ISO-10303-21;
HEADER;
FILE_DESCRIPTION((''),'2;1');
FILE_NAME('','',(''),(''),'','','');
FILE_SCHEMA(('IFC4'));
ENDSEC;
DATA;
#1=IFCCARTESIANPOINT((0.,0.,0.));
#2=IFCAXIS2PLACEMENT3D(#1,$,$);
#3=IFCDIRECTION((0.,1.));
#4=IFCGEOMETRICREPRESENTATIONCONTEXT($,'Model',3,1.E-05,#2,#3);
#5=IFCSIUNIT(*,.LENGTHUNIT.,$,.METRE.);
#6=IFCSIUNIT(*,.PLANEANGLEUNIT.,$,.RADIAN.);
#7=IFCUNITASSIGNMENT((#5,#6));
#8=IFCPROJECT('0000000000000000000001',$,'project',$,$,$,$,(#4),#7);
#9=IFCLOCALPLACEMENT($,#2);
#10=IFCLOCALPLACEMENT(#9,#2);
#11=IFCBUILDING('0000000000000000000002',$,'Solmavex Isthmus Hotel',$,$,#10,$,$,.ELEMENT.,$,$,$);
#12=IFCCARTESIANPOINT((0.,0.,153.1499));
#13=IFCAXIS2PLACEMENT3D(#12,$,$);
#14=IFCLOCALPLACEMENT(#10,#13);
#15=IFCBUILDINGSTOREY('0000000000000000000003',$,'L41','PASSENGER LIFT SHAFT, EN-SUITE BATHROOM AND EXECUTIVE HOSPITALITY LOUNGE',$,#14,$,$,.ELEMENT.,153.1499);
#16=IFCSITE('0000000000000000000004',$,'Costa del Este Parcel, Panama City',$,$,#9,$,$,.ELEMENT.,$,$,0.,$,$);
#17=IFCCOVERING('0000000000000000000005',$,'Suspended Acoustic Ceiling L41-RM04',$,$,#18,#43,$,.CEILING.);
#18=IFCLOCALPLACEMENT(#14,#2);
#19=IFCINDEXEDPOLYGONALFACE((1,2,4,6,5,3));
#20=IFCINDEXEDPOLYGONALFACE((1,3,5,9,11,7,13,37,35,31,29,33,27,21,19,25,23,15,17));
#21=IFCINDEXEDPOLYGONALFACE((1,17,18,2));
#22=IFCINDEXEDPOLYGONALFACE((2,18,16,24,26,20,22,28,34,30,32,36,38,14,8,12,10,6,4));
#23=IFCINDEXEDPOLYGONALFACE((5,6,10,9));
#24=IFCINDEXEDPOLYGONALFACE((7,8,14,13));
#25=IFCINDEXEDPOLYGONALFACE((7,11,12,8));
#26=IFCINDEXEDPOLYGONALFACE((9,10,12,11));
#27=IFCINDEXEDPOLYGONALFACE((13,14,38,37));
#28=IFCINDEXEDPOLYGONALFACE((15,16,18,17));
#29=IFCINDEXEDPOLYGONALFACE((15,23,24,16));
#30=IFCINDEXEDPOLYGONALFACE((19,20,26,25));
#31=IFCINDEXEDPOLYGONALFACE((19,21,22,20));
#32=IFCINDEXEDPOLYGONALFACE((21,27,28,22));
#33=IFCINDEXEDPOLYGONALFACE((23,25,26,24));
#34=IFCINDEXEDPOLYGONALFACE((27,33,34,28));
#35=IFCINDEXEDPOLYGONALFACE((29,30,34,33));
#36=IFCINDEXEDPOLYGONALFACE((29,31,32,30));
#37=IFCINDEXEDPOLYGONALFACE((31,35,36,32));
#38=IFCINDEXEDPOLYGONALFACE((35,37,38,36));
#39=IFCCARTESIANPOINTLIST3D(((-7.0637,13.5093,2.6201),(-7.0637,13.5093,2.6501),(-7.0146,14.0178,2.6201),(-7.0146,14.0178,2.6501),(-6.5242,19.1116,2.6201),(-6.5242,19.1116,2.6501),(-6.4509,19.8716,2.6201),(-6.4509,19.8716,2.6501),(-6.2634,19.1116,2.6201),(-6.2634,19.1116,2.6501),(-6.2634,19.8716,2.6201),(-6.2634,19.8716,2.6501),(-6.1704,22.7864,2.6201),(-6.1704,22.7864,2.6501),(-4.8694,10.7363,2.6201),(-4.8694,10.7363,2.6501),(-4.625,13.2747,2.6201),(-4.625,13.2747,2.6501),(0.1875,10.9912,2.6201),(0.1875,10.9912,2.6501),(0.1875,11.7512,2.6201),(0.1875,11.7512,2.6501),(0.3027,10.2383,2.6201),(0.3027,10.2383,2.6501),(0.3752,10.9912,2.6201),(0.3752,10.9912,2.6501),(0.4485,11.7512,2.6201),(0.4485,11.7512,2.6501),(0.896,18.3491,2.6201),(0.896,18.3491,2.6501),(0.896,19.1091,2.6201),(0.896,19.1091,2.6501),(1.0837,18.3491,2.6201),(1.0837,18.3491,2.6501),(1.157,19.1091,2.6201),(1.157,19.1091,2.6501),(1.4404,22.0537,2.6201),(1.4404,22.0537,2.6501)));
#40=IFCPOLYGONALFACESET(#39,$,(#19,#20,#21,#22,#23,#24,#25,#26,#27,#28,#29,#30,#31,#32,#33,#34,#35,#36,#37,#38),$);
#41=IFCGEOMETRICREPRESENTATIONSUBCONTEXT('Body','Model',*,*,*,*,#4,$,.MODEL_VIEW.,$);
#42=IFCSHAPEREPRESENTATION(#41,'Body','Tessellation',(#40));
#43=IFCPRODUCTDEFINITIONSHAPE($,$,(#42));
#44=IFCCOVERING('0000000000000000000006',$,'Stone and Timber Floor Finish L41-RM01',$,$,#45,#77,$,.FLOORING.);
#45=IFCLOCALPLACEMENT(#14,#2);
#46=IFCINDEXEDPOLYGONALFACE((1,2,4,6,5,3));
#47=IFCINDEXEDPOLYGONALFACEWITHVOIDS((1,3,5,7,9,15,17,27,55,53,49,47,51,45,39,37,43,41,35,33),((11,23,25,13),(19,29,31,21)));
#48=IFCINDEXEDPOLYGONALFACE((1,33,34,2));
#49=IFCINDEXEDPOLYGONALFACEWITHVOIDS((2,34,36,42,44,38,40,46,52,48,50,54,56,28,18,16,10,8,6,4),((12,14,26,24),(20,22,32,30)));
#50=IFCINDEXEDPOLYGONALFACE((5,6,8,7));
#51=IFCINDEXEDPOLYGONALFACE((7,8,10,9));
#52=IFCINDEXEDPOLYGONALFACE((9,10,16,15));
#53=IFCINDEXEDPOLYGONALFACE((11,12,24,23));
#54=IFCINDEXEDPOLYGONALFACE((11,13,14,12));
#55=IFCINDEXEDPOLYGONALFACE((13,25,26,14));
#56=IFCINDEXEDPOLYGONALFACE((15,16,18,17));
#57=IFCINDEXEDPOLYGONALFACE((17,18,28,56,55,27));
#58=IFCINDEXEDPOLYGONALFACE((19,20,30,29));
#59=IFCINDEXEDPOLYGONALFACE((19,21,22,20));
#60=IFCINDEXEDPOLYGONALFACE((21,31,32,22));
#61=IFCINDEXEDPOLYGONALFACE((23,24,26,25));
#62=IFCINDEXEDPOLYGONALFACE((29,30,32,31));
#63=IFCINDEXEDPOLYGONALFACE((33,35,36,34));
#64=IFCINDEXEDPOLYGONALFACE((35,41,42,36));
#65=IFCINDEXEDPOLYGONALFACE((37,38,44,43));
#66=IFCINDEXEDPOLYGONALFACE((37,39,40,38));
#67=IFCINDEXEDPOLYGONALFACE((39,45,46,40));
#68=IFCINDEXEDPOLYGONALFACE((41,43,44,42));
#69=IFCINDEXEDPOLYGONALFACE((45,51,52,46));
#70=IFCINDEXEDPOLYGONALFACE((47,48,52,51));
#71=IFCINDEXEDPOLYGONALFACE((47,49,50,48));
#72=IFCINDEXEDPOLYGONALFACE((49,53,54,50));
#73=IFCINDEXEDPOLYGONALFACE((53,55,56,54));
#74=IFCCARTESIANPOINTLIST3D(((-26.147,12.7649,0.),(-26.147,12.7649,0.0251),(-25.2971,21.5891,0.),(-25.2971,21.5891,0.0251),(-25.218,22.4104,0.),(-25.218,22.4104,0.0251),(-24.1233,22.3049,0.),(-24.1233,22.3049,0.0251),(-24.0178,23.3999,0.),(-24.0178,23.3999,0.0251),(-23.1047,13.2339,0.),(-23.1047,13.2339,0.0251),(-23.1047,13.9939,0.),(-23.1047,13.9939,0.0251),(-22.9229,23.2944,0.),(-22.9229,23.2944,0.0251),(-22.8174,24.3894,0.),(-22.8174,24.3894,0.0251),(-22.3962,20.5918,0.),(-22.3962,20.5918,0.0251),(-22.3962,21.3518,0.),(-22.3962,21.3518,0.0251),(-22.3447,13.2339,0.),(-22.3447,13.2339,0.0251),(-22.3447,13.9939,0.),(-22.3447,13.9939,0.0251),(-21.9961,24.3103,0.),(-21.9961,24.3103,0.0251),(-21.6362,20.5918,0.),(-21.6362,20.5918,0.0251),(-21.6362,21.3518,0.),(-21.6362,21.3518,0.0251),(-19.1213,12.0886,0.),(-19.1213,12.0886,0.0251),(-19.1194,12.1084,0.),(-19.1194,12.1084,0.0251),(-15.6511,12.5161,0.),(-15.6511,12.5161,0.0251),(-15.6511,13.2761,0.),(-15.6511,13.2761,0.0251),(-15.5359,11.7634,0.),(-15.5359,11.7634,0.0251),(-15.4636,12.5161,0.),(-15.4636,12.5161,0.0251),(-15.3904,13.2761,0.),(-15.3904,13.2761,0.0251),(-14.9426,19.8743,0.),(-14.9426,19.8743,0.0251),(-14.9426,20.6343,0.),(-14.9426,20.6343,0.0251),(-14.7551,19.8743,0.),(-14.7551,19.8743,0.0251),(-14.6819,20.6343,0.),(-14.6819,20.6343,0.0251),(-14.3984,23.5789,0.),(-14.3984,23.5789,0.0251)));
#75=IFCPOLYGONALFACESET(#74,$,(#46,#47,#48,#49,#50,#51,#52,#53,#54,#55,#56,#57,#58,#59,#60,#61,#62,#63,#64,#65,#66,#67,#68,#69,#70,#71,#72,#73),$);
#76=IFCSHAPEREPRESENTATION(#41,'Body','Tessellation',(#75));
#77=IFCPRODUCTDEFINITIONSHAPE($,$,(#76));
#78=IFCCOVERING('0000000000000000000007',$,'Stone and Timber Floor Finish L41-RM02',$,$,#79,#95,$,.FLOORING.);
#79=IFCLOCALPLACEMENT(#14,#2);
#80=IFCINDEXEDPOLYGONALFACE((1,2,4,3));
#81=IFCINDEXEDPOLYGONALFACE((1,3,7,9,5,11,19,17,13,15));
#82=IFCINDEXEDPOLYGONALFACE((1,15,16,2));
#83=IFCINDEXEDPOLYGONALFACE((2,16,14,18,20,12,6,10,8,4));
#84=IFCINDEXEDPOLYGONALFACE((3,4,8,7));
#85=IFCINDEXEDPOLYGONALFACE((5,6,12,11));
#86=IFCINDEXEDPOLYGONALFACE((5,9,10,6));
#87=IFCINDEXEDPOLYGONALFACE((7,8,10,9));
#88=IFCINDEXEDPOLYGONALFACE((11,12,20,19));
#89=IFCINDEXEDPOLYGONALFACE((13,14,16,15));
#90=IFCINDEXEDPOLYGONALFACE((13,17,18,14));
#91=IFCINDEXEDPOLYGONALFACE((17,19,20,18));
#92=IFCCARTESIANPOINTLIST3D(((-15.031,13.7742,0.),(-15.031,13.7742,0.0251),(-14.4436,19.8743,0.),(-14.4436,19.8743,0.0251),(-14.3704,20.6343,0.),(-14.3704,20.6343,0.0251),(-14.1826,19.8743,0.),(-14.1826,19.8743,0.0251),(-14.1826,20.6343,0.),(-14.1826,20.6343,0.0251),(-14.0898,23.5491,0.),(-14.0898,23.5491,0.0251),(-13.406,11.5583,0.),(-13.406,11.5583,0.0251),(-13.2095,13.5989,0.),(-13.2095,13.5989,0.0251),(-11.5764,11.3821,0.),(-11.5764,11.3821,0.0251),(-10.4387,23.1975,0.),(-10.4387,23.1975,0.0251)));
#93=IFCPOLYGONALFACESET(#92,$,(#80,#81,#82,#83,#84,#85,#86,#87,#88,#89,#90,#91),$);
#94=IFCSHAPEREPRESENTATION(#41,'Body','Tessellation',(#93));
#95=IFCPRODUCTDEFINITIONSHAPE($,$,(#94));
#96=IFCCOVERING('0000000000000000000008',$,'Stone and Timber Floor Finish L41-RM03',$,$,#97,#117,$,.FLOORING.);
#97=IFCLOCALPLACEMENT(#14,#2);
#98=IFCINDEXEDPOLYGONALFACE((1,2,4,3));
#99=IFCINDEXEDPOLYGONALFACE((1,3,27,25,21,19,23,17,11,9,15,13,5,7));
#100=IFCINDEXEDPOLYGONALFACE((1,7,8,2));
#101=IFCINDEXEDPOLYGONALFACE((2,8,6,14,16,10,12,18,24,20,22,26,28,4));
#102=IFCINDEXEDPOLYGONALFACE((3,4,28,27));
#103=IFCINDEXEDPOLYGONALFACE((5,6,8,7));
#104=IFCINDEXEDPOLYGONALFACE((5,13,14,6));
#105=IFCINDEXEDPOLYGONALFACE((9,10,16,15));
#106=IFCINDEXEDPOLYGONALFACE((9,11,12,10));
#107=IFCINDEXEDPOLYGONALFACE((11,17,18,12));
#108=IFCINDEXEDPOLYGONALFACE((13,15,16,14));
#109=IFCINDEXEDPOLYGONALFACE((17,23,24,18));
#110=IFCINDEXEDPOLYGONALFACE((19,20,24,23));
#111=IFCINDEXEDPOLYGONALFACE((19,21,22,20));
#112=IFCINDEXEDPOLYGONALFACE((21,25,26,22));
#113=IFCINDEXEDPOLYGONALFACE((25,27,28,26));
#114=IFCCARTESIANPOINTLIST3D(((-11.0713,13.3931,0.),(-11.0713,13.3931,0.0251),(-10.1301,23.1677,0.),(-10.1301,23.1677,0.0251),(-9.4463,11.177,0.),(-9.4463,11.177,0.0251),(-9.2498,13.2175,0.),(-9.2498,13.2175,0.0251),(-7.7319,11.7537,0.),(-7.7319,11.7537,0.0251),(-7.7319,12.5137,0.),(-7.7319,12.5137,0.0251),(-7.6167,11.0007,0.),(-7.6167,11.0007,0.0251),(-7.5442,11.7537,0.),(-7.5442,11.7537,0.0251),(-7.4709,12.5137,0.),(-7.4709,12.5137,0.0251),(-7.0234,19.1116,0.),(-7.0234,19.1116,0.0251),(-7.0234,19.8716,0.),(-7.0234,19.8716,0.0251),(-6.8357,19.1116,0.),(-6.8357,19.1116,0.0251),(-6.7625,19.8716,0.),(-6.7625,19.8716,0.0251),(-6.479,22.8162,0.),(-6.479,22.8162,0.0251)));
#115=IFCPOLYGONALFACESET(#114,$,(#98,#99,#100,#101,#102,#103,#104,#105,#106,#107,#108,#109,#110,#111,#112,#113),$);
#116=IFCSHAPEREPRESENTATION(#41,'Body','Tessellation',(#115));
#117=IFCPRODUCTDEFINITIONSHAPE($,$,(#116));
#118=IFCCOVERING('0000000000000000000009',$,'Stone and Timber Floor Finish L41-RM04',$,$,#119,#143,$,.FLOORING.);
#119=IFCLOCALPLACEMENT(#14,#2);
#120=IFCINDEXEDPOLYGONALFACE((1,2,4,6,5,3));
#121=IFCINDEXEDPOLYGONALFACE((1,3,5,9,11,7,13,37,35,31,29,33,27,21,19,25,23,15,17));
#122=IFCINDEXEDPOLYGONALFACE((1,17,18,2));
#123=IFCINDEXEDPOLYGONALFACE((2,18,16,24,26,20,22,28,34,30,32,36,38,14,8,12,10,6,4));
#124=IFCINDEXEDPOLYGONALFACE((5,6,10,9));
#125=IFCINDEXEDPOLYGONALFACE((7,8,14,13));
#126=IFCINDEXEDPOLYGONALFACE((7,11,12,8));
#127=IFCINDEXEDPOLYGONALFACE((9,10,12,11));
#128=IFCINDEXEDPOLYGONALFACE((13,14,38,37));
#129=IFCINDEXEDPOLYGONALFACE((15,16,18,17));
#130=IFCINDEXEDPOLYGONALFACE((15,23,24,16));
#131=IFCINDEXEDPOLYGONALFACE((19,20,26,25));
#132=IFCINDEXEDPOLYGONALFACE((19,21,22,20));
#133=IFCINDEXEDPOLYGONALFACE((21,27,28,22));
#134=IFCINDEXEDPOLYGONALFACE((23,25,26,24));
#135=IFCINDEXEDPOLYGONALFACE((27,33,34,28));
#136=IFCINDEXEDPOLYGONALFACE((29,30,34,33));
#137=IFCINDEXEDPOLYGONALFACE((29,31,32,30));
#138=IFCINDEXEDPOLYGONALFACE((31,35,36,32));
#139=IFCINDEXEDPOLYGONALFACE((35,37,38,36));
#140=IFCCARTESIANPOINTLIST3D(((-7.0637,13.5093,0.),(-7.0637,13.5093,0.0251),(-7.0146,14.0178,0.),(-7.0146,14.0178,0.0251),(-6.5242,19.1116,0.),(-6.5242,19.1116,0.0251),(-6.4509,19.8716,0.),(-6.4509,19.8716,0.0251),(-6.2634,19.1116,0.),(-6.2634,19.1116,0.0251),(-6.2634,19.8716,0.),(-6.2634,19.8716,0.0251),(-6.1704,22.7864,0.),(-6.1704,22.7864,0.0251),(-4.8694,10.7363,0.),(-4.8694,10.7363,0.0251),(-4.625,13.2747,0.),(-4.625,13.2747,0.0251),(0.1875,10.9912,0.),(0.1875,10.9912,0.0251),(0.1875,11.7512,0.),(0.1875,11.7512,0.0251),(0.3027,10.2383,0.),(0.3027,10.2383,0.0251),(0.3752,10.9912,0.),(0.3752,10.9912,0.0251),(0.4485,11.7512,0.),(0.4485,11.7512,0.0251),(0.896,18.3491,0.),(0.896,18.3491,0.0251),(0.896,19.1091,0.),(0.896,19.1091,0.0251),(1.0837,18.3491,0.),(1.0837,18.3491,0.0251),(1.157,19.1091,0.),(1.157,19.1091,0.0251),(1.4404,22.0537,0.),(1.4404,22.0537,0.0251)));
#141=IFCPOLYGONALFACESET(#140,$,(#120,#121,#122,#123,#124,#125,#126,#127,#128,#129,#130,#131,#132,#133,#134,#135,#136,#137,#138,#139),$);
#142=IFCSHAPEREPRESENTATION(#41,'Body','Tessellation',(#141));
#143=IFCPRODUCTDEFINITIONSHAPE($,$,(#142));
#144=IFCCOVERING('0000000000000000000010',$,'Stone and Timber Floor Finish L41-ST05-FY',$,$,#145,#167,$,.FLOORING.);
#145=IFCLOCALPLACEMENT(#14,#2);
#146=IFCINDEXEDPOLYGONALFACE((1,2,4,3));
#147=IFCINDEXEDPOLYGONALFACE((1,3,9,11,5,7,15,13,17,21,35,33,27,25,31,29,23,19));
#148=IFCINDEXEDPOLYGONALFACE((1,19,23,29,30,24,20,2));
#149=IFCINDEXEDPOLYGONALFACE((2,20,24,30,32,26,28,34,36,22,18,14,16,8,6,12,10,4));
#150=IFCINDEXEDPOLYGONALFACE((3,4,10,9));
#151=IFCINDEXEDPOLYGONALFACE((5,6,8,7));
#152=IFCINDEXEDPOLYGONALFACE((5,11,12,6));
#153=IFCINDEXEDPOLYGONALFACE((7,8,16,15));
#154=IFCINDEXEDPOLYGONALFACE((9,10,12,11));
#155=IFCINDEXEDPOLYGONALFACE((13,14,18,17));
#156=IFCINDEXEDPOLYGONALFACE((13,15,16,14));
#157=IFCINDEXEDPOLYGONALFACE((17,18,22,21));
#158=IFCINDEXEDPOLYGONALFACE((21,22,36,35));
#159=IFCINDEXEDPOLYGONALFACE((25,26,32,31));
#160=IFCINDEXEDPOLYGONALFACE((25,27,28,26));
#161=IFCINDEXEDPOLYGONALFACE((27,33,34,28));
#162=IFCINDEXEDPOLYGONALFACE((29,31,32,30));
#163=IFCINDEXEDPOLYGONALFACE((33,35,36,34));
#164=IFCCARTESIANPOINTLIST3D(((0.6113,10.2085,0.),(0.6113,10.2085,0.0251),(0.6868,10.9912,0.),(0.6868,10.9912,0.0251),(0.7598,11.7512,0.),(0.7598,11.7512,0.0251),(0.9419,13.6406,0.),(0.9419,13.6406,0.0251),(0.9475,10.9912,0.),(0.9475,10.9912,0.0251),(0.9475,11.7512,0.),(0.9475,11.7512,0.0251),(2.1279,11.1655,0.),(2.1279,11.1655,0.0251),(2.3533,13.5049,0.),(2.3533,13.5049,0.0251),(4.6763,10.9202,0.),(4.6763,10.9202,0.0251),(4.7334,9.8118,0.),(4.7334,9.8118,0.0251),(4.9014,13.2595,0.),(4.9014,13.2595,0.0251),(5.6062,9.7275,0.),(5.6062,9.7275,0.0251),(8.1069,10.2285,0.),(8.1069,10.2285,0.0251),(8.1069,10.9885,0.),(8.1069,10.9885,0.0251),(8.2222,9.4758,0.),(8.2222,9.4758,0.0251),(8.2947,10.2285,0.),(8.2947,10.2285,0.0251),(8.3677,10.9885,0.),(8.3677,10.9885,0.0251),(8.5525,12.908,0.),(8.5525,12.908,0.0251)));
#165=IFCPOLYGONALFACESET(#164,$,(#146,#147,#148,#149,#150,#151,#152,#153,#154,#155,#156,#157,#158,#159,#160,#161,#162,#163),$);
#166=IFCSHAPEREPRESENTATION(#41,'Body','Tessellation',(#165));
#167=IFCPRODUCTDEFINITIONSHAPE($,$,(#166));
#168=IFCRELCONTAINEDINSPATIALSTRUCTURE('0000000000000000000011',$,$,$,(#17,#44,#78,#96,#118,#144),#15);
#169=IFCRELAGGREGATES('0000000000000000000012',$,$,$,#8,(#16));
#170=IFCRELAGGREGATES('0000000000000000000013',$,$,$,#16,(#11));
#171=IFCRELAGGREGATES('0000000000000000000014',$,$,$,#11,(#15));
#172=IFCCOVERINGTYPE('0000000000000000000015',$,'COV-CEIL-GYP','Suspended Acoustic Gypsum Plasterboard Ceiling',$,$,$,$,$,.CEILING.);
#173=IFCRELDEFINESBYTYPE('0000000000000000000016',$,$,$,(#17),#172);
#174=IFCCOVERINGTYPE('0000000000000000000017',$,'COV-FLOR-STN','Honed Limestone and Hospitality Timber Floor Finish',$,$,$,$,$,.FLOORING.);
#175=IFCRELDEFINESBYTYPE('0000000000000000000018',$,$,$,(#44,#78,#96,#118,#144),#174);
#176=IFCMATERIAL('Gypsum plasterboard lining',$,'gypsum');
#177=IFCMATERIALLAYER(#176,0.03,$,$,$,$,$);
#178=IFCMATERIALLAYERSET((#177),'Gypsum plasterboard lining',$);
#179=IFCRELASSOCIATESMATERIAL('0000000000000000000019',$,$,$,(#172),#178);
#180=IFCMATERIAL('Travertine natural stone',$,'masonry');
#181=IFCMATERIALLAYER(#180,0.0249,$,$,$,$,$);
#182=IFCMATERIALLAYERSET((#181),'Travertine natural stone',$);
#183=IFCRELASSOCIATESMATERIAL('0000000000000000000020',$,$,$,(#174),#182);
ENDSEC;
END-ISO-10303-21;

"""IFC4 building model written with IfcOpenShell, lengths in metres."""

from ifc_helpers import new_model, si_unit, direction, frame, origin, place, context, subcontext, project, spatial, polyline, outline, extrude, material, layer, layer_set, type_object, element, save


model = new_model("IFC4")

# Units and contexts
model_context = context("Model", 3, precision=1e-05, world=origin(), true_north=direction((0.0, 1.0)))
body_context = subcontext(model_context, "Body", "Model", "MODEL_VIEW")
ifc_project = project(units=[si_unit("LENGTHUNIT", "METRE"), si_unit("PLANEANGLEUNIT", "RADIAN")], contexts=[model_context])

# Site, building, storey
site_placement = place(None, origin())
site = spatial("IfcSite", under=ifc_project, at=site_placement, Name="Costa del Este Parcel, Panama City", CompositionType="ELEMENT", RefElevation=0.0)
building_placement = place(site_placement, origin())
building = spatial("IfcBuilding", under=site, at=building_placement, Name="Solmavex Isthmus Hotel", CompositionType="ELEMENT")
storey_placement = place(building_placement, frame((0.0, 0.0, 153.1499)))
storey = spatial("IfcBuildingStorey", under=building, at=storey_placement, Name="L41", Description="PASSENGER LIFT SHAFT, EN-SUITE BATHROOM AND EXECUTIVE HOSPITALITY LOUNGE", CompositionType="ELEMENT", Elevation=153.1499)

# Shared definitions
ifc_material_1 = material(Name="Gypsum plasterboard lining", Category="gypsum")

# Coverings
ifc_layer_1 = layer(ifc_material_1, 0.03)
ifc_layer_set_1 = layer_set([ifc_layer_1], Name="Gypsum plasterboard lining")
covering_type_1 = type_object("IfcCoveringType", Name="COV-CEIL-GYP", Description="Suspended Acoustic Gypsum Plasterboard Ceiling", PredefinedType="CEILING", material=ifc_layer_set_1)
covering_1_placement = place(storey_placement, frame((0.0, 0.0, 2.6201)))
element("IfcCovering", 1, at=covering_1_placement, inside=storey, type_object=covering_type_1, Name="Suspended Acoustic Ceiling L41-RM04", PredefinedType="CEILING", context=body_context, shape_type="SweptSolid", body=[
    extrude(outline(polyline([(-6.4509, 19.8716), (-6.2634, 19.8716), (-6.2634, 19.1116), (-6.5242, 19.1116), (-7.0146, 14.0178), (-7.0637, 13.5093), (-4.625, 13.2747), (-4.8694, 10.7363), (0.3027, 10.2383), (0.3752, 10.9912), (0.1875, 10.9912), (0.1875, 11.7512), (0.4485, 11.7512), (1.0837, 18.3491), (0.896, 18.3491), (0.896, 19.1091), (1.157, 19.1091), (1.4404, 22.0537), (-6.1704, 22.7864), (-6.4509, 19.8716)])), origin(), (0.0, 0.0, 1.0), 0.03),
])
ifc_material_2 = material(Name="Travertine natural stone", Category="masonry")
ifc_layer_2 = layer(ifc_material_2, 0.0249)
ifc_layer_set_2 = layer_set([ifc_layer_2], Name="Travertine natural stone")
covering_type_2 = type_object("IfcCoveringType", Name="COV-FLOR-STN", Description="Honed Limestone and Hospitality Timber Floor Finish", PredefinedType="FLOORING", material=ifc_layer_set_2)
covering_2_placement = place(storey_placement, origin())
element("IfcCovering", 2, at=covering_2_placement, inside=storey, type_object=covering_type_2, Name="Stone and Timber Floor Finish L41-RM01", PredefinedType="FLOORING", context=body_context, shape_type="SweptSolid", body=[
    extrude(outline(polyline([(-19.1213, 12.0886), (-19.1194, 12.1084), (-15.5359, 11.7634), (-15.4636, 12.5161), (-15.6511, 12.5161), (-15.6511, 13.2761), (-15.3904, 13.2761), (-14.7551, 19.8743), (-14.9426, 19.8743), (-14.9426, 20.6343), (-14.6819, 20.6343), (-14.3984, 23.5789), (-21.9961, 24.3103), (-22.8174, 24.3894), (-22.9229, 23.2944), (-24.0178, 23.3999), (-24.1233, 22.3049), (-25.218, 22.4104), (-25.2971, 21.5891), (-26.147, 12.7649), (-19.1213, 12.0886)]), holes=[polyline([(-22.3962, 20.5918), (-22.3962, 21.3518), (-21.6362, 21.3518), (-21.6362, 20.5918), (-22.3962, 20.5918)]), polyline([(-23.1047, 13.2339), (-23.1047, 13.9939), (-22.3447, 13.9939), (-22.3447, 13.2339), (-23.1047, 13.2339)])]), origin(), (0.0, 0.0, 1.0), 0.0251),
])
covering_3_placement = place(storey_placement, origin())
element("IfcCovering", 3, at=covering_3_placement, inside=storey, type_object=covering_type_2, Name="Stone and Timber Floor Finish L41-RM02", PredefinedType="FLOORING", context=body_context, shape_type="SweptSolid", body=[
    extrude(outline(polyline([(-14.3704, 20.6343), (-14.1826, 20.6343), (-14.1826, 19.8743), (-14.4436, 19.8743), (-15.031, 13.7742), (-13.2095, 13.5989), (-13.406, 11.5583), (-11.5764, 11.3821), (-10.4387, 23.1975), (-14.0898, 23.5491), (-14.3704, 20.6343)])), origin(), (0.0, 0.0, 1.0), 0.0251),
])
covering_4_placement = place(storey_placement, origin())
element("IfcCovering", 4, at=covering_4_placement, inside=storey, type_object=covering_type_2, Name="Stone and Timber Floor Finish L41-RM03", PredefinedType="FLOORING", context=body_context, shape_type="SweptSolid", body=[
    extrude(outline(polyline([(-6.8357, 19.1116), (-7.0234, 19.1116), (-7.0234, 19.8716), (-6.7625, 19.8716), (-6.479, 22.8162), (-10.1301, 23.1677), (-11.0713, 13.3931), (-9.2498, 13.2175), (-9.4463, 11.177), (-7.6167, 11.0007), (-7.5442, 11.7537), (-7.7319, 11.7537), (-7.7319, 12.5137), (-7.4709, 12.5137), (-6.8357, 19.1116)])), origin(), (0.0, 0.0, 1.0), 0.0251),
])
covering_5_placement = place(storey_placement, origin())
element("IfcCovering", 5, at=covering_5_placement, inside=storey, type_object=covering_type_2, Name="Stone and Timber Floor Finish L41-RM04", PredefinedType="FLOORING", context=body_context, shape_type="SweptSolid", body=[
    extrude(outline(polyline([(-6.4509, 19.8716), (-6.2634, 19.8716), (-6.2634, 19.1116), (-6.5242, 19.1116), (-7.0146, 14.0178), (-7.0637, 13.5093), (-4.625, 13.2747), (-4.8694, 10.7363), (0.3027, 10.2383), (0.3752, 10.9912), (0.1875, 10.9912), (0.1875, 11.7512), (0.4485, 11.7512), (1.0837, 18.3491), (0.896, 18.3491), (0.896, 19.1091), (1.157, 19.1091), (1.4404, 22.0537), (-6.1704, 22.7864), (-6.4509, 19.8716)])), origin(), (0.0, 0.0, 1.0), 0.0251),
])
covering_6_placement = place(storey_placement, origin())
element("IfcCovering", 6, at=covering_6_placement, inside=storey, type_object=covering_type_2, Name="Stone and Timber Floor Finish L41-ST05-FY", PredefinedType="FLOORING", context=body_context, shape_type="SweptSolid", body=[
    extrude(outline(polyline([(4.9014, 13.2595), (4.6763, 10.9202), (2.1279, 11.1655), (2.3533, 13.5049), (0.9419, 13.6406), (0.7598, 11.7512), (0.9475, 11.7512), (0.9475, 10.9912), (0.6868, 10.9912), (0.6113, 10.2085), (4.7334, 9.8118), (5.6062, 9.7275), (8.2222, 9.4758), (8.2947, 10.2285), (8.1069, 10.2285), (8.1069, 10.9885), (8.3677, 10.9885), (8.5525, 12.908), (4.9014, 13.2595)])), origin(), (0.0, 0.0, 1.0), 0.0251),
])

save(model, "model.ifc")
